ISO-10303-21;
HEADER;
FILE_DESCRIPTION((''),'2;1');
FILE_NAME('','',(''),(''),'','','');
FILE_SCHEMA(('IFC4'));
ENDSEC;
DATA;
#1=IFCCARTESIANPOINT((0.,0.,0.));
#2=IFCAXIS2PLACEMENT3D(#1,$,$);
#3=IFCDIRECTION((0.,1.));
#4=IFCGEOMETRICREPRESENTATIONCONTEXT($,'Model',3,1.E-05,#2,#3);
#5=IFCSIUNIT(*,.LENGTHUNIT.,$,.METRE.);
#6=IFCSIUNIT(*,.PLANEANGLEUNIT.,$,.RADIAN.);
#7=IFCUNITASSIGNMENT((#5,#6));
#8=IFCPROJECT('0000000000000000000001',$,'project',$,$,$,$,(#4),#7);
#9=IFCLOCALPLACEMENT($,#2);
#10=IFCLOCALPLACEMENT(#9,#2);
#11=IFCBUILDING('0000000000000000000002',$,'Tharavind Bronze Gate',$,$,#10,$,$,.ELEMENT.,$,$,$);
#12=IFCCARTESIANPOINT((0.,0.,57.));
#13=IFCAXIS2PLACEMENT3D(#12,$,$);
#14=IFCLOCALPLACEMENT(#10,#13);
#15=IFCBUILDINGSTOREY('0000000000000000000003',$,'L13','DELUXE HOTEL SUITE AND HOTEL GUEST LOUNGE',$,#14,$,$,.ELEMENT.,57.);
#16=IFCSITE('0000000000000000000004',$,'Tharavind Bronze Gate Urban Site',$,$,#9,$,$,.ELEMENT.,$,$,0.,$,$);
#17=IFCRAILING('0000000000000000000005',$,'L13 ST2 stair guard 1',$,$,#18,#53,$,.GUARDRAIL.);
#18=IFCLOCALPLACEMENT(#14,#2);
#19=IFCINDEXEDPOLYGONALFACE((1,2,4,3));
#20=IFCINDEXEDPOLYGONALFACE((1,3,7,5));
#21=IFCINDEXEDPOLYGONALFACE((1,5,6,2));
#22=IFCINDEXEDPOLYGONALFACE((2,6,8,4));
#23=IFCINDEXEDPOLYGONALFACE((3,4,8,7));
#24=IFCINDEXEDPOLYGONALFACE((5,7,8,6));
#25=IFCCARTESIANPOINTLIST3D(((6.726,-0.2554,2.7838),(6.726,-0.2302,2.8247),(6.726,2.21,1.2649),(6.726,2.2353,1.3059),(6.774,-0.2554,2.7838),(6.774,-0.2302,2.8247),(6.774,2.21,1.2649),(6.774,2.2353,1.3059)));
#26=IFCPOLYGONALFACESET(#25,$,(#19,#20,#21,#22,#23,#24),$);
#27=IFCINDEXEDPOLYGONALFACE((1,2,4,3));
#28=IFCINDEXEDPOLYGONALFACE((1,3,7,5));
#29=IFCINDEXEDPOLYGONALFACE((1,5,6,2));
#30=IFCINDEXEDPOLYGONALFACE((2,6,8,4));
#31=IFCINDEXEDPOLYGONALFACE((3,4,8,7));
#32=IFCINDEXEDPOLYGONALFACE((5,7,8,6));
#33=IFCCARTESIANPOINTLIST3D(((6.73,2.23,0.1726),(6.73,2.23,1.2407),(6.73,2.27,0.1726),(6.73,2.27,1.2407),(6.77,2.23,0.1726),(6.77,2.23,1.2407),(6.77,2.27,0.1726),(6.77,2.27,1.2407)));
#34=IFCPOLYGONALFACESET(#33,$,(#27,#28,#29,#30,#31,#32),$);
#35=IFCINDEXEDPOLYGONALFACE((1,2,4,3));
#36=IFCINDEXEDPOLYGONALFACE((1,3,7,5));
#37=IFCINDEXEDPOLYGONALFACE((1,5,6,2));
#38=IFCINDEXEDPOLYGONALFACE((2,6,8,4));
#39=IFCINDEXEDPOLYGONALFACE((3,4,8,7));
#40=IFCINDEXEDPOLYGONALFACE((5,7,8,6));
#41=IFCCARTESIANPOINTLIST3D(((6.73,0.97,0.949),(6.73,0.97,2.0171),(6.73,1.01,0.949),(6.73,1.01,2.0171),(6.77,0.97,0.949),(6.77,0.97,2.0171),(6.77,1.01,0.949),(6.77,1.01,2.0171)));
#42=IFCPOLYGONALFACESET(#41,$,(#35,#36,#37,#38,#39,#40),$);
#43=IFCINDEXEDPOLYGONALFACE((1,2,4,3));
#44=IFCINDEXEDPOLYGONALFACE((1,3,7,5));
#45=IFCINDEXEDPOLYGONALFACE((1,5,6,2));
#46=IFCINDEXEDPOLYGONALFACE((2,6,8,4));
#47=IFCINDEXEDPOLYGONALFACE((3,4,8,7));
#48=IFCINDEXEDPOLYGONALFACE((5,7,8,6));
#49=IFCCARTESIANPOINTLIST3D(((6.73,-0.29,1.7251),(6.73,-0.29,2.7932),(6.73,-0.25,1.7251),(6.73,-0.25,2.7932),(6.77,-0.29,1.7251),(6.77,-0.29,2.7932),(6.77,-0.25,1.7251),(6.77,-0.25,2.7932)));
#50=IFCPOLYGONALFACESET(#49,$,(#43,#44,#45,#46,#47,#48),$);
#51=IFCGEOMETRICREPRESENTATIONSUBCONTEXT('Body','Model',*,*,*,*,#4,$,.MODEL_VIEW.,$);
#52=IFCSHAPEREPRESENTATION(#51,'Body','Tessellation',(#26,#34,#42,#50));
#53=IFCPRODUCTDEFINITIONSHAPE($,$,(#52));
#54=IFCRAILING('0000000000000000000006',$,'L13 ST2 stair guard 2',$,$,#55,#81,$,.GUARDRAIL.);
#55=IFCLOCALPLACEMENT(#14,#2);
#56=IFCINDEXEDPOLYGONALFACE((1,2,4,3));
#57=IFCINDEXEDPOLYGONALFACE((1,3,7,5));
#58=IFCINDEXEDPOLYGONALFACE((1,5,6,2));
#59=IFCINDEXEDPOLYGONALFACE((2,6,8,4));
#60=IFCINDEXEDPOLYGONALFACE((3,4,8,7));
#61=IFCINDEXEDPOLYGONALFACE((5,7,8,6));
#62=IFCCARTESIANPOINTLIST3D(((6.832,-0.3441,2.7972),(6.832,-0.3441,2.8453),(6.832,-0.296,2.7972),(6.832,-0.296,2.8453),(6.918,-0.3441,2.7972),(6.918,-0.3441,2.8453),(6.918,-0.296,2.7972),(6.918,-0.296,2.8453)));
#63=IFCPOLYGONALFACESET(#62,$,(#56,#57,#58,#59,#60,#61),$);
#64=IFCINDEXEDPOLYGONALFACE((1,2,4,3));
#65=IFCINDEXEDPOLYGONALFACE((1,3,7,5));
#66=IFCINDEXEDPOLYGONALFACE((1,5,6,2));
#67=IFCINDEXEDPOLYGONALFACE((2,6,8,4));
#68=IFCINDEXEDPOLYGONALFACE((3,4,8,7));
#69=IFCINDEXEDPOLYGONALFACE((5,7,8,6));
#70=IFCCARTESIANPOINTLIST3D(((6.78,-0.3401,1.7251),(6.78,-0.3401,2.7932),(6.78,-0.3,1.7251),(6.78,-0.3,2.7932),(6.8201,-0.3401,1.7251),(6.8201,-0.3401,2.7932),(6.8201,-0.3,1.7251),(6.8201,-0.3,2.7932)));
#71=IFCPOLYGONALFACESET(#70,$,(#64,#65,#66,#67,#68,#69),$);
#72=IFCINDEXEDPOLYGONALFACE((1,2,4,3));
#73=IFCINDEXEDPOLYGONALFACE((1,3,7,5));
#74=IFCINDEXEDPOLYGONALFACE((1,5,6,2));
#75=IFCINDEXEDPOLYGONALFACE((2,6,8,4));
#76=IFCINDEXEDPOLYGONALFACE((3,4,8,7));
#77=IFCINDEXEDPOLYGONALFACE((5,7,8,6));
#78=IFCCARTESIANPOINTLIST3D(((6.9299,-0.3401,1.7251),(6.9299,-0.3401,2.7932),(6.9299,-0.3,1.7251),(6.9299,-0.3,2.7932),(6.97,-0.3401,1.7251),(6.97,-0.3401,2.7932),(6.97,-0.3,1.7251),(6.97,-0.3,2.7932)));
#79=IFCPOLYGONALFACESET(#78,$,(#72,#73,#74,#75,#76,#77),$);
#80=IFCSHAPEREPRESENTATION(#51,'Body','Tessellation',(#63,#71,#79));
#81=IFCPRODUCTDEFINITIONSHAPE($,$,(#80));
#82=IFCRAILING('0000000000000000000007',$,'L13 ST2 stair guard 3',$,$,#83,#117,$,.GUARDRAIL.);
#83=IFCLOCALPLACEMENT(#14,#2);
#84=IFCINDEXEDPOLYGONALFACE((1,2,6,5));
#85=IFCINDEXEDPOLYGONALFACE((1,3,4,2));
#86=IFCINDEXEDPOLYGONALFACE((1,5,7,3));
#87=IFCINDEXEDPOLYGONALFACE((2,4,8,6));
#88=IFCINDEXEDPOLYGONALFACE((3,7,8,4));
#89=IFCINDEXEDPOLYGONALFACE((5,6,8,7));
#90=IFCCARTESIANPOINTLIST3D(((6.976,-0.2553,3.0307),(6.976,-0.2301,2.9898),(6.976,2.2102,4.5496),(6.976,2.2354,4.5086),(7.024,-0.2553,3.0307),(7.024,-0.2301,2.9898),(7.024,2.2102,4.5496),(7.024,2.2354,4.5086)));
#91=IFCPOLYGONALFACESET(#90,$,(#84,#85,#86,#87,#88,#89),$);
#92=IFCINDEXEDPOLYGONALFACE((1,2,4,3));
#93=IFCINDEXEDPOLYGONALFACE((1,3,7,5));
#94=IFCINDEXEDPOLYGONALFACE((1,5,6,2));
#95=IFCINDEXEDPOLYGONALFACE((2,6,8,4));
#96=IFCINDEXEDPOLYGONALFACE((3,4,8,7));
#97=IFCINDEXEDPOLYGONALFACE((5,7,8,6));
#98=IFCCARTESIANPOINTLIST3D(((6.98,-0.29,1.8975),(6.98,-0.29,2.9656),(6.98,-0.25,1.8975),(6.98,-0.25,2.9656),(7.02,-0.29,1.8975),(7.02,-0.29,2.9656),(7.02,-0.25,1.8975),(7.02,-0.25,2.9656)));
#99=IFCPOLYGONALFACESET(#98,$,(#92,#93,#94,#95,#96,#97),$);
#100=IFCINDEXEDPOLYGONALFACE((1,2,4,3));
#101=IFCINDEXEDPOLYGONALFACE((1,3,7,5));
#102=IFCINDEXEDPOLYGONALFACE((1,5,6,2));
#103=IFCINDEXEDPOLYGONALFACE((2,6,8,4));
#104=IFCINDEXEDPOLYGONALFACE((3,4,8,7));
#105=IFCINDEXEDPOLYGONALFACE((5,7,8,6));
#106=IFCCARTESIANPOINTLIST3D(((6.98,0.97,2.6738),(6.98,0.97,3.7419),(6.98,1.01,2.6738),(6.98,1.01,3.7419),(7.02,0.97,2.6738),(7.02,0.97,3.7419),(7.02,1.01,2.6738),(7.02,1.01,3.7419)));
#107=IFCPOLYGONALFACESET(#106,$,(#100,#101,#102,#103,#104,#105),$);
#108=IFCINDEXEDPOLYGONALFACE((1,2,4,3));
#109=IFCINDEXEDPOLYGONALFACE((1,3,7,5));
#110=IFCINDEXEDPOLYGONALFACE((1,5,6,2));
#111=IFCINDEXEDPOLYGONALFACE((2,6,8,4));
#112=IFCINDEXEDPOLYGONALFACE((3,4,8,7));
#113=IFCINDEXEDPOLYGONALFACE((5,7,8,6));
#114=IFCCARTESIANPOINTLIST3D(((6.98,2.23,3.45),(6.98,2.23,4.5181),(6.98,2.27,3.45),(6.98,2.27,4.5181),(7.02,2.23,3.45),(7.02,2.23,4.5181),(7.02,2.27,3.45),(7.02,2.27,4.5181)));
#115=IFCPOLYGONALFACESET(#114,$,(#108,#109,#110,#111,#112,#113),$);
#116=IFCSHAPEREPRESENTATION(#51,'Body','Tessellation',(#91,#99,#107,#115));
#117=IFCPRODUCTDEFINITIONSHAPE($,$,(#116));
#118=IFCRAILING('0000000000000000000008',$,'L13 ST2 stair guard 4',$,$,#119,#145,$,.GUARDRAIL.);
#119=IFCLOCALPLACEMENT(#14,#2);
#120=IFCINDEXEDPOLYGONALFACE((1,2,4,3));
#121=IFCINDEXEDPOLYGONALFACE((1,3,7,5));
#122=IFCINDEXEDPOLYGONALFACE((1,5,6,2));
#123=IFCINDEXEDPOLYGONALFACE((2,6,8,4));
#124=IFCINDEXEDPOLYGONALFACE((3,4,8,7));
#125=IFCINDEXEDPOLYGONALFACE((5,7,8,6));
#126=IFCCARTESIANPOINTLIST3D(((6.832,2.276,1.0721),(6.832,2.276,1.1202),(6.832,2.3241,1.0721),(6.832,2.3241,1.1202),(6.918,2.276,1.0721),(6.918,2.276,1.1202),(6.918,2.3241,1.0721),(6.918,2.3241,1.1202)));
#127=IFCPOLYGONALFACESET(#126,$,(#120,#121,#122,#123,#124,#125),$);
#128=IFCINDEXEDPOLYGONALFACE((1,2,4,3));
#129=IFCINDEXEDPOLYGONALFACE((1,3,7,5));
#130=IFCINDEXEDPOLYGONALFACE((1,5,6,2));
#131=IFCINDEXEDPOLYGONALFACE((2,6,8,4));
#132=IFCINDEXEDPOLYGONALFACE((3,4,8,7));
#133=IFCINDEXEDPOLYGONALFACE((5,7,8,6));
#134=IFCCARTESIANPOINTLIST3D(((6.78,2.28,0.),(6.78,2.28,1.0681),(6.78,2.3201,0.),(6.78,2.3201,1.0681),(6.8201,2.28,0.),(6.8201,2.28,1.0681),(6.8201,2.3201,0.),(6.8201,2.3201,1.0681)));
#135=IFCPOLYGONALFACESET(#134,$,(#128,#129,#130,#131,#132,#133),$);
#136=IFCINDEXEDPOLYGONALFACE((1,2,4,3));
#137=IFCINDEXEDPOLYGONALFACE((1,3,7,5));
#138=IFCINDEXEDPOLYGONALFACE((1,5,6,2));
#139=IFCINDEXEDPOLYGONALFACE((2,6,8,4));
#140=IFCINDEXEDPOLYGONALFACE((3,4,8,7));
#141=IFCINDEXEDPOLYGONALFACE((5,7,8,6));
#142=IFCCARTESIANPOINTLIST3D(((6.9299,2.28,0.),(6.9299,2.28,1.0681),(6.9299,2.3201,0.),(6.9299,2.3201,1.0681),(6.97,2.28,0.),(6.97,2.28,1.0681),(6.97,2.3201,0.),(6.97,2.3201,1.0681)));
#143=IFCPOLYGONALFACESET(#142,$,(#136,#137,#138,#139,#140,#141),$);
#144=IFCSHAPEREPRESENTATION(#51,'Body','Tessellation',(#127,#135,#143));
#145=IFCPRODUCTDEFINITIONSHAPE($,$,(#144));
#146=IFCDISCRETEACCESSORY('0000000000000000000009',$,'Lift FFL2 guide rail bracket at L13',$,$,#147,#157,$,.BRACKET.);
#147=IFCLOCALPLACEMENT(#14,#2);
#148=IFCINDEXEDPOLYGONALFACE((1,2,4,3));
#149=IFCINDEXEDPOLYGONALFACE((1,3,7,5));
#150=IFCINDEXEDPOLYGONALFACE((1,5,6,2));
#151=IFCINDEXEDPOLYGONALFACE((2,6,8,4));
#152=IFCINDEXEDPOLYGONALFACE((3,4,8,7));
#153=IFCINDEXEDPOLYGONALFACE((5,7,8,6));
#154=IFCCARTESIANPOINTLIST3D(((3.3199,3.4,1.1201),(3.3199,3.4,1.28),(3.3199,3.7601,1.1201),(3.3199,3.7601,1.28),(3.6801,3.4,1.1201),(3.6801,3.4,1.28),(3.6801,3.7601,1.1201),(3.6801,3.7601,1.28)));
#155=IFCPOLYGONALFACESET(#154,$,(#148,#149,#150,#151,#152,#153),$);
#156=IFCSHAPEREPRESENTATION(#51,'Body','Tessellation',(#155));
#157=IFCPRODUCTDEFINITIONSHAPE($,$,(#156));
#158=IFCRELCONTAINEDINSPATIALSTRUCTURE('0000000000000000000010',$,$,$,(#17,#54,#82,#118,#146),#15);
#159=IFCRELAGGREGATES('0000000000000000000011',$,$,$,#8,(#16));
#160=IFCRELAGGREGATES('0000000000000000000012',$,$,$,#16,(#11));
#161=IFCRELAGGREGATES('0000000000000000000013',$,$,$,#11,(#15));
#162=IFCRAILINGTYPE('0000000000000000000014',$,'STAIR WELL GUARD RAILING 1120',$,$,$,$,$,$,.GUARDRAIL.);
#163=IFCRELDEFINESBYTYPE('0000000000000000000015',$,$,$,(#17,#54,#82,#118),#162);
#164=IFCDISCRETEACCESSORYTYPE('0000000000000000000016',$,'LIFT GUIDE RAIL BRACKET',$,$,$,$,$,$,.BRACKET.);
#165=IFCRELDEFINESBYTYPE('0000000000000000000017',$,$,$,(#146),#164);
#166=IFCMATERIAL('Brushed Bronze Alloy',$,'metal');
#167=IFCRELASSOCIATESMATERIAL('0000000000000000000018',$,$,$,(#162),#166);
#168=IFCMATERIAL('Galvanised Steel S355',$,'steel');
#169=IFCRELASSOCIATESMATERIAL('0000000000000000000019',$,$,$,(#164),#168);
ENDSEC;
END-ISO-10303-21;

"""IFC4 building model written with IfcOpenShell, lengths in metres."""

from ifc_helpers import new_model, si_unit, direction, frame, origin, origin_2d, place, context, subcontext, project, spatial, rectangle, extrude, material, type_object, element, save


model = new_model("IFC4")

# Units and contexts
model_context = context("Model", 3, precision=1e-05, world=origin(), true_north=direction((0.0, 1.0)))
body_context = subcontext(model_context, "Body", "Model", "MODEL_VIEW")
ifc_project = project(units=[si_unit("LENGTHUNIT", "METRE"), si_unit("PLANEANGLEUNIT", "RADIAN")], contexts=[model_context])

# Site, building, storey
site_placement = place(None, origin())
site = spatial("IfcSite", under=ifc_project, at=site_placement, Name="Tharavind Bronze Gate Urban Site", CompositionType="ELEMENT", RefElevation=0.0)
building_placement = place(site_placement, origin())
building = spatial("IfcBuilding", under=site, at=building_placement, Name="Tharavind Bronze Gate", CompositionType="ELEMENT")
storey_placement = place(building_placement, frame((0.0, 0.0, 57.0)))
storey = spatial("IfcBuildingStorey", under=building, at=storey_placement, Name="L13", Description="DELUXE HOTEL SUITE AND HOTEL GUEST LOUNGE", CompositionType="ELEMENT", Elevation=57.0)

# Railings
ifc_material_1 = material(Name="Brushed Bronze Alloy", Category="metal")
railing_type_1 = type_object("IfcRailingType", Name="STAIR WELL GUARD RAILING 1120", PredefinedType="GUARDRAIL", material=ifc_material_1)
railing_1_placement = place(storey_placement, frame((6.75, 2.25, 0.1726)))
element("IfcRailing", 1, at=railing_1_placement, inside=storey, type_object=railing_type_1, Name="L13 ST2 stair guard 1", PredefinedType="GUARDRAIL", context=body_context, shape_type="SweptSolid", body=[
    extrude(rectangle(XDim=0.0481, YDim=0.0481, at=origin_2d()), frame((0.0, -0.0273, 1.1128), z_axis=(0.0, -0.8514, 0.524516), x_axis=(1.0, 0.0, 0.0)), (0.0, 0.0, 1.0), 2.8958),
    extrude(rectangle(XDim=0.04, YDim=0.04, at=origin_2d()), origin(), (0.0, 0.0, 1.0), 1.0681),
    extrude(rectangle(XDim=0.04, YDim=0.04, at=origin_2d()), frame((0.0, -1.26, 0.7764)), (0.0, 0.0, 1.0), 1.0681),
    extrude(rectangle(XDim=0.04, YDim=0.04, at=origin_2d()), frame((0.0, -2.52, 1.5525)), (0.0, 0.0, 1.0), 1.0681),
])
railing_2_placement = place(storey_placement, frame((6.8, -0.3201, 1.7251)))
element("IfcRailing", 2, at=railing_2_placement, inside=storey, type_object=railing_type_1, Name="L13 ST2 stair guard 2", PredefinedType="GUARDRAIL", context=body_context, shape_type="SweptSolid", body=[
    extrude(rectangle(XDim=0.0481, YDim=0.0481, at=origin_2d()), frame((0.032, 0.0, 1.0962), z_axis=(1.0, 0.0, 0.0), x_axis=(0.0, 1.0, 0.0)), (0.0, 0.0, 1.0), 0.0859),
    extrude(rectangle(XDim=0.04, YDim=0.04, at=origin_2d()), origin(), (0.0, 0.0, 1.0), 1.0681),
    extrude(rectangle(XDim=0.04, YDim=0.04, at=origin_2d()), frame((0.1499, 0.0, 0.0)), (0.0, 0.0, 1.0), 1.0681),
])
railing_3_placement = place(storey_placement, frame((7.0, -0.27, 1.8975)))
element("IfcRailing", 3, at=railing_3_placement, inside=storey, type_object=railing_type_1, Name="L13 ST2 stair guard 3", PredefinedType="GUARDRAIL", context=body_context, shape_type="SweptSolid", body=[
    extrude(rectangle(XDim=0.0481, YDim=0.0481, at=origin_2d()), frame((0.0, 0.0273, 1.1128), z_axis=(0.0, 0.8514, 0.524516), x_axis=(-1.0, 0.0, 0.0)), (0.0, 0.0, 1.0), 2.8958),
    extrude(rectangle(XDim=0.04, YDim=0.04, at=origin_2d()), origin(), (0.0, 0.0, 1.0), 1.0681),
    extrude(rectangle(XDim=0.04, YDim=0.04, at=origin_2d()), frame((0.0, 1.26, 0.7764)), (0.0, 0.0, 1.0), 1.0681),
    extrude(rectangle(XDim=0.04, YDim=0.04, at=origin_2d()), frame((0.0, 2.52, 1.5525)), (0.0, 0.0, 1.0), 1.0681),
])
railing_4_placement = place(storey_placement, frame((6.8, 2.3, 0.0)))
element("IfcRailing", 4, at=railing_4_placement, inside=storey, type_object=railing_type_1, Name="L13 ST2 stair guard 4", PredefinedType="GUARDRAIL", context=body_context, shape_type="SweptSolid", body=[
    extrude(rectangle(XDim=0.0481, YDim=0.0481, at=origin_2d()), frame((0.032, 0.0, 1.0962), z_axis=(1.0, 0.0, 0.0), x_axis=(0.0, 1.0, 0.0)), (0.0, 0.0, 1.0), 0.0859),
    extrude(rectangle(XDim=0.04, YDim=0.04, at=origin_2d()), origin(), (0.0, 0.0, 1.0), 1.0681),
    extrude(rectangle(XDim=0.04, YDim=0.04, at=origin_2d()), frame((0.1499, 0.0, 0.0)), (0.0, 0.0, 1.0), 1.0681),
])

# Discrete accessory
ifc_material_2 = material(Name="Galvanised Steel S355", Category="steel")
discrete_accessory_type = type_object("IfcDiscreteAccessoryType", Name="LIFT GUIDE RAIL BRACKET", PredefinedType="BRACKET", material=ifc_material_2)
discrete_accessory_placement = place(storey_placement, frame((3.5, 3.5801, 1.1201), z_axis=(0.0, 0.0, 1.0), x_axis=(1.0, 0.0, 0.0)))
element("IfcDiscreteAccessory", 5, at=discrete_accessory_placement, inside=storey, type_object=discrete_accessory_type, Name="Lift FFL2 guide rail bracket at L13", PredefinedType="BRACKET", context=body_context, shape_type="SweptSolid", body=[
    extrude(rectangle(XDim=0.3601, YDim=0.3601, at=origin_2d()), origin(), (0.0, 0.0, 1.0), 0.1599),
])

save(model, "model.ifc")
